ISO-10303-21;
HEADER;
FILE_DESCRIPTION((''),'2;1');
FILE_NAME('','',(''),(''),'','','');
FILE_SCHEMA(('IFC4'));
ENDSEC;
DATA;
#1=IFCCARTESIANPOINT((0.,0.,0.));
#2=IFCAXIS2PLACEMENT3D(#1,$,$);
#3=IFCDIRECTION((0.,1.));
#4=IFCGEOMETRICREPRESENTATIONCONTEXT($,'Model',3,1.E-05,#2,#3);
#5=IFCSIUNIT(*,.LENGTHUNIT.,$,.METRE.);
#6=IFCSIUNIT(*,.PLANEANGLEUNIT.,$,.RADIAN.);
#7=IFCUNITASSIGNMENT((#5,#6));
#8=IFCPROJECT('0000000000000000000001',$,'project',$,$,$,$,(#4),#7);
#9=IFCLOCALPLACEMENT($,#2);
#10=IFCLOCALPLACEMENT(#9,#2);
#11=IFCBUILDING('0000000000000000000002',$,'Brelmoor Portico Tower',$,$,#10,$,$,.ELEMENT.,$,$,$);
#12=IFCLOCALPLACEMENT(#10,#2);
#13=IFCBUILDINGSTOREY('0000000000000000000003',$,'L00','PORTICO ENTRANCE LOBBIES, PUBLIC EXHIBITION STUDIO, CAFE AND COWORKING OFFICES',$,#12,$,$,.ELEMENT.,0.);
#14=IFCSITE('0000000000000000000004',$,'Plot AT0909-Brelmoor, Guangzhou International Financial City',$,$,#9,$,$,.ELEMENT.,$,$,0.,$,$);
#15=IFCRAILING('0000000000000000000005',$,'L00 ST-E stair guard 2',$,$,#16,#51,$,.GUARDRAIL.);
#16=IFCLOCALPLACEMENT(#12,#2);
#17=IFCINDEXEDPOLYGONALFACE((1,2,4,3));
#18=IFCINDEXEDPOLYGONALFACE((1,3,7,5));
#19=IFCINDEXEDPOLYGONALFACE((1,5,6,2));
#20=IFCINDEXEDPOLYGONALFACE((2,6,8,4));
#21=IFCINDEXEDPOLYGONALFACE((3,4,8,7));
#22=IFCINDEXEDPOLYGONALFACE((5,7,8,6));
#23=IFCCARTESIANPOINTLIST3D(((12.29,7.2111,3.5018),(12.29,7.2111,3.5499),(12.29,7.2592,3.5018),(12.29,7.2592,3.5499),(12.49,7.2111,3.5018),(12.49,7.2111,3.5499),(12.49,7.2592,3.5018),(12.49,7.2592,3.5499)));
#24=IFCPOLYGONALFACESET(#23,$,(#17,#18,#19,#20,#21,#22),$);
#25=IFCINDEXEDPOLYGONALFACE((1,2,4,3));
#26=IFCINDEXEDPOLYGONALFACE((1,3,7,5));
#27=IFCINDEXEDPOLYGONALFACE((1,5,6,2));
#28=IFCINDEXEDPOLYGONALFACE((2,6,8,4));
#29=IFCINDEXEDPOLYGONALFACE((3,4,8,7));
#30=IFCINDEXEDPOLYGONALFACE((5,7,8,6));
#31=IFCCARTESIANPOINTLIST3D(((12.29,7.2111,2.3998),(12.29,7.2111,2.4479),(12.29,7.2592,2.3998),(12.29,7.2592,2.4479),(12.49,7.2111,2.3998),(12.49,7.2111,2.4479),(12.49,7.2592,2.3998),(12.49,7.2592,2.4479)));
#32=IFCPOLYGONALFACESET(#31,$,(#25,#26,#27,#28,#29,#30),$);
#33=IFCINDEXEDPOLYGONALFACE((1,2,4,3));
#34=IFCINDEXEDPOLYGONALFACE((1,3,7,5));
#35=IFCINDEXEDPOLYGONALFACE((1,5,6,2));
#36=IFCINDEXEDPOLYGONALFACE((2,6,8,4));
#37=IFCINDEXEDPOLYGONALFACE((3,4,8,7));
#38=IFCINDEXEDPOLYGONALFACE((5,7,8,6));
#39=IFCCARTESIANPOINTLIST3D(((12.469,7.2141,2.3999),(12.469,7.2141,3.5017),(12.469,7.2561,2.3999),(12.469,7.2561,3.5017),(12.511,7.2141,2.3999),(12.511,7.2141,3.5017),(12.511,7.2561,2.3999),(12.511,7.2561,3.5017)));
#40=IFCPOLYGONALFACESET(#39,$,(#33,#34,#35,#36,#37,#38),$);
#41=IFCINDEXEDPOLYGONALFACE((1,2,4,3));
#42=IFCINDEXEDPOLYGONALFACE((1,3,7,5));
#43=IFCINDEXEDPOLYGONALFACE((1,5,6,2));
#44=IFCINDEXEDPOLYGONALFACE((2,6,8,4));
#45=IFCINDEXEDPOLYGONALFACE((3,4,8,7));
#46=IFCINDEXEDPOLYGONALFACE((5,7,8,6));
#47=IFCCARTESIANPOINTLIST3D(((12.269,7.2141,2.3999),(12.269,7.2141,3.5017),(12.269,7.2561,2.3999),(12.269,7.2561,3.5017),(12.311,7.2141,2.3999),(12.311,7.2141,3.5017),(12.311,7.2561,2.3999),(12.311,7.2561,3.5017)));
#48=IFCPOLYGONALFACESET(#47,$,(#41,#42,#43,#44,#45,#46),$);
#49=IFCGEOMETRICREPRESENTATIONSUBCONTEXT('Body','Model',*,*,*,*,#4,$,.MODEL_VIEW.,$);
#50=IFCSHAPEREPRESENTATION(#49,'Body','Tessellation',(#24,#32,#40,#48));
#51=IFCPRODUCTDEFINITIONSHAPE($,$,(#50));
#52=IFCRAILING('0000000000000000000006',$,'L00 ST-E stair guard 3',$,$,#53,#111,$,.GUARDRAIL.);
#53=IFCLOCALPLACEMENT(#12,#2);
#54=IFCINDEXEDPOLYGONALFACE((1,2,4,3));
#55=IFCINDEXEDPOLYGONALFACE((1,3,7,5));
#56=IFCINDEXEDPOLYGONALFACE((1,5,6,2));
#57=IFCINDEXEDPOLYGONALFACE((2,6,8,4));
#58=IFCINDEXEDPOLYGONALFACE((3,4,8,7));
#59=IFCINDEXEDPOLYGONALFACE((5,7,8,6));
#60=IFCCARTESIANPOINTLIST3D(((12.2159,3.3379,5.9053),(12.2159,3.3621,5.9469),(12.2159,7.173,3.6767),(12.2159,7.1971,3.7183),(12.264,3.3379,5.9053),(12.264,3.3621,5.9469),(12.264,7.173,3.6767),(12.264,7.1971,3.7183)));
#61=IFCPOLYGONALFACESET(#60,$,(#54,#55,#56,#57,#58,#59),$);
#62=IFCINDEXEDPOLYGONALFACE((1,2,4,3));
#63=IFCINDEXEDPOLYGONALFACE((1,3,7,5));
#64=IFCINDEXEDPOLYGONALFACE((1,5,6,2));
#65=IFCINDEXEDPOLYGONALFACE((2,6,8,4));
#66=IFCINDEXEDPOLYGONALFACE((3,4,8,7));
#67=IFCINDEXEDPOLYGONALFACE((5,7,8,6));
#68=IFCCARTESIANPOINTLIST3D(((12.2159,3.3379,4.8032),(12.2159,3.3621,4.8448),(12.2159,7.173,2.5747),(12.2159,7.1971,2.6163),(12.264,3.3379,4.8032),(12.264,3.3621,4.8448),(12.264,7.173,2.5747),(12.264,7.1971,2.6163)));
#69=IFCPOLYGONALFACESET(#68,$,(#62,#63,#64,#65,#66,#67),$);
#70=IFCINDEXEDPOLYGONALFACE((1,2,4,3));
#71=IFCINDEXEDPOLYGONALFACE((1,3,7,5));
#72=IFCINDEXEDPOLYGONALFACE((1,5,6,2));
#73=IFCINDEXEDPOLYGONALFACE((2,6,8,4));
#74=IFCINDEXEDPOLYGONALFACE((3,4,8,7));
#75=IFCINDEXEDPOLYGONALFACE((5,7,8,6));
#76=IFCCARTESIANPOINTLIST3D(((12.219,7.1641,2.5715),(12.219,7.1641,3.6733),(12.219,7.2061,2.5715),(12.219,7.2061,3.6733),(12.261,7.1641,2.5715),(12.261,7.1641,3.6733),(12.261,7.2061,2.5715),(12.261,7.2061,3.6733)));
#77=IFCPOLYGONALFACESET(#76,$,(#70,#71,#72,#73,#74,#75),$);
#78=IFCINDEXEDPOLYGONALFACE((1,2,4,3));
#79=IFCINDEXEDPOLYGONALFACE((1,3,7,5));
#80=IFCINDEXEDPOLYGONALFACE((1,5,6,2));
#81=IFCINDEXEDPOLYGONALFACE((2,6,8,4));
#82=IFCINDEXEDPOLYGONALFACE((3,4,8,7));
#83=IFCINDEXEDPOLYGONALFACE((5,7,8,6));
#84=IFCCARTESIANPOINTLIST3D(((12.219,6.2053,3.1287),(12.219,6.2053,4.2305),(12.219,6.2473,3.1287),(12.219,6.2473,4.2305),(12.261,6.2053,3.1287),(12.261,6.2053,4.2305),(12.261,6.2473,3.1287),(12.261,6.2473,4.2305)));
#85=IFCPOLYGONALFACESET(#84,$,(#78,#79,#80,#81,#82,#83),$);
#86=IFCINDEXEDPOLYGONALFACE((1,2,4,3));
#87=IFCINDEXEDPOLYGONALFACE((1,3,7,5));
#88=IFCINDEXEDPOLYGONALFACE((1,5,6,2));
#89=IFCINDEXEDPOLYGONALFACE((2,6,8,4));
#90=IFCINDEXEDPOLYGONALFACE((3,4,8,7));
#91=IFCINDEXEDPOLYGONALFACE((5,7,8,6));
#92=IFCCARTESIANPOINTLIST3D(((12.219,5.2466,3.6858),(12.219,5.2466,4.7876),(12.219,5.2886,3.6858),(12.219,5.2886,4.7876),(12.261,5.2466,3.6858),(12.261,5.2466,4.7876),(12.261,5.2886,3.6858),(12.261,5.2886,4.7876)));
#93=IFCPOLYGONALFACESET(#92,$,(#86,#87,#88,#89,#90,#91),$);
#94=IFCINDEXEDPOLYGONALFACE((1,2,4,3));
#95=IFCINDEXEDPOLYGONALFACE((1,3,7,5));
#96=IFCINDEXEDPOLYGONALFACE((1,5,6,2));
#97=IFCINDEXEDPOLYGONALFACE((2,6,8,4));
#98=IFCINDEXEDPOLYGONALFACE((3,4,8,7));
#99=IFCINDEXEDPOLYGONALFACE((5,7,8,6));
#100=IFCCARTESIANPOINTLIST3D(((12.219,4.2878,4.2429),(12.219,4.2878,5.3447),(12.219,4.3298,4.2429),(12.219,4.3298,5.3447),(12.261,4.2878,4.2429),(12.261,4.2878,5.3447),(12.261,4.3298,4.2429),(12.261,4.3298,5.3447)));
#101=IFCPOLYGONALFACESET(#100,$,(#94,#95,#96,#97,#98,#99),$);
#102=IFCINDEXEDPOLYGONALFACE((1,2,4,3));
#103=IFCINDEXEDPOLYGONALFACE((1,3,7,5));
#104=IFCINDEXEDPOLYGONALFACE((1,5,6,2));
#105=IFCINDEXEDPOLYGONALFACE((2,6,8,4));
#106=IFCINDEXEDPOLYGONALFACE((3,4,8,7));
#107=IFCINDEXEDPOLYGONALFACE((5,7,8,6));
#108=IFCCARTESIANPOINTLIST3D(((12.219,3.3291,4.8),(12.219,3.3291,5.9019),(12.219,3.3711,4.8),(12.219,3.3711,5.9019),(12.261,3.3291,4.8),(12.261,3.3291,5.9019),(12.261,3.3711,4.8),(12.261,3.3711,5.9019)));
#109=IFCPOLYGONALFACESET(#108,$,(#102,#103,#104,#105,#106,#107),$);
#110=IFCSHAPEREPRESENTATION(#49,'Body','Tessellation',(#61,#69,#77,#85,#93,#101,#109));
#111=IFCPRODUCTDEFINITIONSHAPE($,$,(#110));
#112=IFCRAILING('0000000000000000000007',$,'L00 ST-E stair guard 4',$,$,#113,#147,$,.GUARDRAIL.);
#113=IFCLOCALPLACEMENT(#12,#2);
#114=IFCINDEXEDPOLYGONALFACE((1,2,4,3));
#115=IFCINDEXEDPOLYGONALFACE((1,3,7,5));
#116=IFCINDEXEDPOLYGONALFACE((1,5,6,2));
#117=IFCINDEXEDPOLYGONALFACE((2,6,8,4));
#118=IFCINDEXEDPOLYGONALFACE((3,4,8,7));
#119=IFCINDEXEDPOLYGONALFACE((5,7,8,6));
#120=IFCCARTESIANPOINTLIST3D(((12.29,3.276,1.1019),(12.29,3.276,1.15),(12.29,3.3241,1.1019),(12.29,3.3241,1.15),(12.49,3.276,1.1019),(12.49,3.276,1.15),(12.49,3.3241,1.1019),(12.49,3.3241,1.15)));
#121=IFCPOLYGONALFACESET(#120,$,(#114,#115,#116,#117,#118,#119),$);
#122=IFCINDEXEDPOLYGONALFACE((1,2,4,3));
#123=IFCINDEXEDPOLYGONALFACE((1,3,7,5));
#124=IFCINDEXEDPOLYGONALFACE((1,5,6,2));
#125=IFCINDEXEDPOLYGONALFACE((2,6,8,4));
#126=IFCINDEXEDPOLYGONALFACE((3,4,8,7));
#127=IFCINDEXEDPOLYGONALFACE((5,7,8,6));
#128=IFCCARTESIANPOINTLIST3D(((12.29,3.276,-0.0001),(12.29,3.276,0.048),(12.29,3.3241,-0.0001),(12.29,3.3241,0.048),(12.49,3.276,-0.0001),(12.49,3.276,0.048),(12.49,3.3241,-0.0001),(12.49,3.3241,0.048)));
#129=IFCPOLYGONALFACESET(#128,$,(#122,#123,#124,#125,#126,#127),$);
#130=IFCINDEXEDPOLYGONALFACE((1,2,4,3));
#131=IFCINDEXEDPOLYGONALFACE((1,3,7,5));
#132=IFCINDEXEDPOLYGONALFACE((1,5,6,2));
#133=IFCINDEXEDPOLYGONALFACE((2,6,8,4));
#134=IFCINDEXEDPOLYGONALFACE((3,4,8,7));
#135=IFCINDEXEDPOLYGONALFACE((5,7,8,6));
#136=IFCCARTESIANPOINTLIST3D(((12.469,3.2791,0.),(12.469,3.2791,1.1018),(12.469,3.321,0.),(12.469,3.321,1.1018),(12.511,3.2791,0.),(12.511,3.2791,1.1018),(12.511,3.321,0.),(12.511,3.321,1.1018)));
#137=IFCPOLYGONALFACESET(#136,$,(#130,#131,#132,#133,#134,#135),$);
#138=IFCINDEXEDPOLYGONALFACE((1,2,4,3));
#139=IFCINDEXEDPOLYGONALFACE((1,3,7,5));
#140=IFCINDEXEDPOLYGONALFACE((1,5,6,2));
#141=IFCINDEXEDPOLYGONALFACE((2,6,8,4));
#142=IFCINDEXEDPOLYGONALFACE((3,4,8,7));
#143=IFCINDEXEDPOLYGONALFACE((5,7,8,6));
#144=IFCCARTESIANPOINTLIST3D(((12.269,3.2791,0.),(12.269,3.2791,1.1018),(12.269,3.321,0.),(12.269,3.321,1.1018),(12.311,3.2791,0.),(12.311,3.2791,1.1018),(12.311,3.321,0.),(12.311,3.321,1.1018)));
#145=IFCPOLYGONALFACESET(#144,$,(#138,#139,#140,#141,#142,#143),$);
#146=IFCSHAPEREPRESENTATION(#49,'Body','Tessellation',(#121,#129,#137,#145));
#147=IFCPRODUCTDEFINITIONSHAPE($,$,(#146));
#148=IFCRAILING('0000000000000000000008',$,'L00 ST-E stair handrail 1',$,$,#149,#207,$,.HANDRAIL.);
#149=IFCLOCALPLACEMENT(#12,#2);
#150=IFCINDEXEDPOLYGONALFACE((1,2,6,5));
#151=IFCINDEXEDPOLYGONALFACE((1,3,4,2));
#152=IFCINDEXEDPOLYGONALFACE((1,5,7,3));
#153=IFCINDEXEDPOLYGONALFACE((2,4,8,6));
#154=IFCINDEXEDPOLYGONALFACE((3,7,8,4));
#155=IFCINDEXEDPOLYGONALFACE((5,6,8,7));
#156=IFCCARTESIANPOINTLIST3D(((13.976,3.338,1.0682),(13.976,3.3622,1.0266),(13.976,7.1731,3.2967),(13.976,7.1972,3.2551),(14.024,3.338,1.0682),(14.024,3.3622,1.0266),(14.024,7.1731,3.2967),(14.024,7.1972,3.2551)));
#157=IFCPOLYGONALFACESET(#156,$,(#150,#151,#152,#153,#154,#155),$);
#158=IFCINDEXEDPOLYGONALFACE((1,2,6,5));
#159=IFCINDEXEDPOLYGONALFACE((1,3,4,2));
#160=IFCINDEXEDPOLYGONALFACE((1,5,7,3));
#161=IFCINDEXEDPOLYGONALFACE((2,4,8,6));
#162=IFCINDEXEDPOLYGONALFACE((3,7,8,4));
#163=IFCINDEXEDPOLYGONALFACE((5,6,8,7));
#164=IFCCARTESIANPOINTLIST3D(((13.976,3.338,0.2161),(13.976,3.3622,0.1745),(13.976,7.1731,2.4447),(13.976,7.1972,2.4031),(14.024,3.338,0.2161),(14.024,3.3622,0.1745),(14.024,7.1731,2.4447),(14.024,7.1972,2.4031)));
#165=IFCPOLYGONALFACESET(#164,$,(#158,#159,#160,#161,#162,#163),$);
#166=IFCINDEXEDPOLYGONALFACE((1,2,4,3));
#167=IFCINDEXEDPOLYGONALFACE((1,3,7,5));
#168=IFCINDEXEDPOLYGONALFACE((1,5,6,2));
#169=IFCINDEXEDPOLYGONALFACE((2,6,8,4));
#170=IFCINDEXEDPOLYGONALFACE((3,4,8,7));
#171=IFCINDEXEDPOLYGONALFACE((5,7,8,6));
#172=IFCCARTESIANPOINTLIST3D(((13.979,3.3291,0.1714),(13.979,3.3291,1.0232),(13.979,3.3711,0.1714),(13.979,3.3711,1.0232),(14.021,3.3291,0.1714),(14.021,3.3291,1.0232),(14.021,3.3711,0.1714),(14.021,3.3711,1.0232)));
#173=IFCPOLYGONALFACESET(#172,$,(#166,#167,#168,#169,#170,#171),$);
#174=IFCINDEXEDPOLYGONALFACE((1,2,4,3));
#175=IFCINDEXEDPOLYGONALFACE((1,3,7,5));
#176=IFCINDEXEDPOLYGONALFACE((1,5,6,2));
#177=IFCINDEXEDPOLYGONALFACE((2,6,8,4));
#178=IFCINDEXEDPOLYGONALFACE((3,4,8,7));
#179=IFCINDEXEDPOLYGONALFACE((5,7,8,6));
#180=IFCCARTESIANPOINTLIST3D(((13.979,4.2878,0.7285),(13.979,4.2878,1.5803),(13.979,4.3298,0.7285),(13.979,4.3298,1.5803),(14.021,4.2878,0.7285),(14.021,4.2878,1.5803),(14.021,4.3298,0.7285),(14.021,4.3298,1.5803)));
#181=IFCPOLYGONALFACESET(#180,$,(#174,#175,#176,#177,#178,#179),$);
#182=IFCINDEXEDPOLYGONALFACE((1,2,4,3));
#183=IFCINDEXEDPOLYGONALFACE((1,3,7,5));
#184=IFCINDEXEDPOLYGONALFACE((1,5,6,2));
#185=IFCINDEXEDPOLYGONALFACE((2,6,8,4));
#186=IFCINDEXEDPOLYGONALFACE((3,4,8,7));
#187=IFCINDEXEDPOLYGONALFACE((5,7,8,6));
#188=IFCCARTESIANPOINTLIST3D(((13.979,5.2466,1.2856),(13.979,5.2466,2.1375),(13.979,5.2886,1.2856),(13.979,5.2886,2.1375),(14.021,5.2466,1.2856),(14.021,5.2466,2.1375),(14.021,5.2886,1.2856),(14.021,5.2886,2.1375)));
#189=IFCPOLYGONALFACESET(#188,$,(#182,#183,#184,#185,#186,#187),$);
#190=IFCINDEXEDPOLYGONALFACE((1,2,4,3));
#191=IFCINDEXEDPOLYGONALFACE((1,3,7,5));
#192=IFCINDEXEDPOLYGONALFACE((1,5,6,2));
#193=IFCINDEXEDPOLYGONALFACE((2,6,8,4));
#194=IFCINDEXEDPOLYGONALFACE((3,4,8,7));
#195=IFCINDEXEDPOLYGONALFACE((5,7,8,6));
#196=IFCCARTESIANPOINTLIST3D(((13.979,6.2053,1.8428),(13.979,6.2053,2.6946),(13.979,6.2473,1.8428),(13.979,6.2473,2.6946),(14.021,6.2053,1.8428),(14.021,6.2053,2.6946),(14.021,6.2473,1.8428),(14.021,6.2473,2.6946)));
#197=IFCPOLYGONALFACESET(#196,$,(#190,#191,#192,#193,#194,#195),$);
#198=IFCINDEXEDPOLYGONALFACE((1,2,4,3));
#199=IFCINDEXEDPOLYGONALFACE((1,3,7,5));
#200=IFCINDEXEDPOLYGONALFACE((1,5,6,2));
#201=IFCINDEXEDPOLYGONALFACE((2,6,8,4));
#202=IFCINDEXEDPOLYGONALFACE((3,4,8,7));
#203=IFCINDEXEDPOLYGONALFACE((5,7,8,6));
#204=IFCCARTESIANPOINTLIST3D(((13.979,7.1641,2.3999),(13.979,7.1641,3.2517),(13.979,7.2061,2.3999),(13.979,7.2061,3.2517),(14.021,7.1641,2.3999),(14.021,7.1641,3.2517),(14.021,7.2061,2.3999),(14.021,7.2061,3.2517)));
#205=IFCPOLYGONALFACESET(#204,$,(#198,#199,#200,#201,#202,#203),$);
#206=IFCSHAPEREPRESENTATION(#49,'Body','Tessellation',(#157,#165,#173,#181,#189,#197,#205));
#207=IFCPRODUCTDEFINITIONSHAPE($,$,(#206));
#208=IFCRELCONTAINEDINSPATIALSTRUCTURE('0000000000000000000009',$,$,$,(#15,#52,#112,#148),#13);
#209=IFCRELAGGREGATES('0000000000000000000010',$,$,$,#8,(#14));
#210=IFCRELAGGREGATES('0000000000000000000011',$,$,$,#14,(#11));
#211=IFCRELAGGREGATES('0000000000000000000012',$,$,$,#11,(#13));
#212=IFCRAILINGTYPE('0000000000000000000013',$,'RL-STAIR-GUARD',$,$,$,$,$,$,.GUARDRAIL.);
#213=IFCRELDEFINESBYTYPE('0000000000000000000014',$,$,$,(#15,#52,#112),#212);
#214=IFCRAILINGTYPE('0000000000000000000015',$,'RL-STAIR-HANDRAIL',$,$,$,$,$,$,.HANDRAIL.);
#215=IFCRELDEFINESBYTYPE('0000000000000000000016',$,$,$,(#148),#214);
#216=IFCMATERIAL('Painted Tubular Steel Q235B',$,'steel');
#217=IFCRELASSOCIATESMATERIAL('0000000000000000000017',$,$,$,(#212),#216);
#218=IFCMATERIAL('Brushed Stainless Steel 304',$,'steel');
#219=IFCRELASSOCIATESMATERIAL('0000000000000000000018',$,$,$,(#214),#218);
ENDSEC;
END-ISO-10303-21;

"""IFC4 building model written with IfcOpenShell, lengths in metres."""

from ifc_helpers import new_model, si_unit, direction, frame, origin, origin_2d, place, context, subcontext, project, spatial, rectangle, extrude, material, type_object, element, save


model = new_model("IFC4")

# Units and contexts
model_context = context("Model", 3, precision=1e-05, world=origin(), true_north=direction((0.0, 1.0)))
body_context = subcontext(model_context, "Body", "Model", "MODEL_VIEW")
ifc_project = project(units=[si_unit("LENGTHUNIT", "METRE"), si_unit("PLANEANGLEUNIT", "RADIAN")], contexts=[model_context])

# Site, building, storey
site_placement = place(None, origin())
site = spatial("IfcSite", under=ifc_project, at=site_placement, Name="Plot AT0909-Brelmoor, Guangzhou International Financial City", CompositionType="ELEMENT", RefElevation=0.0)
building_placement = place(site_placement, origin())
building = spatial("IfcBuilding", under=site, at=building_placement, Name="Brelmoor Portico Tower", CompositionType="ELEMENT")
storey_placement = place(building_placement, origin())
storey = spatial("IfcBuildingStorey", under=building, at=storey_placement, Name="L00", Description="PORTICO ENTRANCE LOBBIES, PUBLIC EXHIBITION STUDIO, CAFE AND COWORKING OFFICES", CompositionType="ELEMENT", Elevation=0.0)

# Railings
ifc_material_1 = material(Name="Painted Tubular Steel Q235B", Category="steel")
railing_type_1 = type_object("IfcRailingType", Name="RL-STAIR-GUARD", PredefinedType="GUARDRAIL", material=ifc_material_1)
railing_1_placement = place(storey_placement, frame((12.49, 7.2351, 2.3999)))
element("IfcRailing", 1, at=railing_1_placement, inside=storey, type_object=railing_type_1, Name="L00 ST-E stair guard 2", PredefinedType="GUARDRAIL", context=body_context, shape_type="SweptSolid", body=[
    extrude(rectangle(XDim=0.0481, YDim=0.0481, at=origin_2d()), frame((0.0, 0.0, 1.126), z_axis=(-1.0, 0.0, 0.0), x_axis=(0.0, -1.0, 0.0)), (0.0, 0.0, 1.0), 0.2),
    extrude(rectangle(XDim=0.0481, YDim=0.0481, at=origin_2d()), frame((0.0, 0.0, 0.0239), z_axis=(-1.0, 0.0, 0.0), x_axis=(0.0, -1.0, 0.0)), (0.0, 0.0, 1.0), 0.2),
    extrude(rectangle(XDim=0.042, YDim=0.042, at=origin_2d()), origin(), (0.0, 0.0, 1.0), 1.1018),
    extrude(rectangle(XDim=0.042, YDim=0.042, at=origin_2d()), frame((-0.2, 0.0, 0.0)), (0.0, 0.0, 1.0), 1.1018),
])
railing_2_placement = place(storey_placement, frame((12.24, 7.1851, 2.5715)))
element("IfcRailing", 2, at=railing_2_placement, inside=storey, type_object=railing_type_1, Name="L00 ST-E stair guard 3", PredefinedType="GUARDRAIL", context=body_context, shape_type="SweptSolid", body=[
    extrude(rectangle(XDim=0.0481, YDim=0.0481, at=origin_2d()), frame((0.0, 0.0, 1.126), z_axis=(0.0, -0.864616, 0.502433), x_axis=(1.0, 0.0, 0.0)), (0.0, 0.0, 1.0), 4.4355),
    extrude(rectangle(XDim=0.0481, YDim=0.0481, at=origin_2d()), frame((0.0, 0.0, 0.0239), z_axis=(0.0, -0.864616, 0.502433), x_axis=(1.0, 0.0, 0.0)), (0.0, 0.0, 1.0), 4.4355),
    extrude(rectangle(XDim=0.042, YDim=0.042, at=origin_2d()), origin(), (0.0, 0.0, 1.0), 1.1018),
    extrude(rectangle(XDim=0.042, YDim=0.042, at=origin_2d()), frame((0.0, -0.9587, 0.5571)), (0.0, 0.0, 1.0), 1.1018),
    extrude(rectangle(XDim=0.042, YDim=0.042, at=origin_2d()), frame((0.0, -1.9175, 1.1143)), (0.0, 0.0, 1.0), 1.1018),
    extrude(rectangle(XDim=0.042, YDim=0.042, at=origin_2d()), frame((0.0, -2.8762, 1.6714)), (0.0, 0.0, 1.0), 1.1018),
    extrude(rectangle(XDim=0.042, YDim=0.042, at=origin_2d()), frame((0.0, -3.835, 2.2285)), (0.0, 0.0, 1.0), 1.1018),
])
railing_3_placement = place(storey_placement, frame((12.49, 3.3, 0.0)))
element("IfcRailing", 3, at=railing_3_placement, inside=storey, type_object=railing_type_1, Name="L00 ST-E stair guard 4", PredefinedType="GUARDRAIL", context=body_context, shape_type="SweptSolid", body=[
    extrude(rectangle(XDim=0.0481, YDim=0.0481, at=origin_2d()), frame((0.0, 0.0, 1.126), z_axis=(-1.0, 0.0, 0.0), x_axis=(0.0, -1.0, 0.0)), (0.0, 0.0, 1.0), 0.2),
    extrude(rectangle(XDim=0.0481, YDim=0.0481, at=origin_2d()), frame((0.0, 0.0, 0.0239), z_axis=(-1.0, 0.0, 0.0), x_axis=(0.0, -1.0, 0.0)), (0.0, 0.0, 1.0), 0.2),
    extrude(rectangle(XDim=0.042, YDim=0.042, at=origin_2d()), origin(), (0.0, 0.0, 1.0), 1.1018),
    extrude(rectangle(XDim=0.042, YDim=0.042, at=origin_2d()), frame((-0.2, 0.0, 0.0)), (0.0, 0.0, 1.0), 1.1018),
])
ifc_material_2 = material(Name="Brushed Stainless Steel 304", Category="steel")
railing_type_2 = type_object("IfcRailingType", Name="RL-STAIR-HANDRAIL", PredefinedType="HANDRAIL", material=ifc_material_2)
railing_4_placement = place(storey_placement, frame((14.0, 3.3501, 0.1714)))
element("IfcRailing", 4, at=railing_4_placement, inside=storey, type_object=railing_type_2, Name="L00 ST-E stair handrail 1", PredefinedType="HANDRAIL", context=body_context, shape_type="SweptSolid", body=[
    extrude(rectangle(XDim=0.0481, YDim=0.0481, at=origin_2d()), frame((0.0, 0.0, 0.876), z_axis=(0.0, 0.864616, 0.502433), x_axis=(-1.0, 0.0, 0.0)), (0.0, 0.0, 1.0), 4.4355),
    extrude(rectangle(XDim=0.0481, YDim=0.0481, at=origin_2d()), frame((0.0, 0.0, 0.0239), z_axis=(0.0, 0.864616, 0.502433), x_axis=(-1.0, 0.0, 0.0)), (0.0, 0.0, 1.0), 4.4355),
    extrude(rectangle(XDim=0.042, YDim=0.042, at=origin_2d()), origin(), (0.0, 0.0, 1.0), 0.8518),
    extrude(rectangle(XDim=0.042, YDim=0.042, at=origin_2d()), frame((0.0, 0.9587, 0.5571)), (0.0, 0.0, 1.0), 0.8518),
    extrude(rectangle(XDim=0.042, YDim=0.042, at=origin_2d()), frame((0.0, 1.9175, 1.1143)), (0.0, 0.0, 1.0), 0.8518),
    extrude(rectangle(XDim=0.042, YDim=0.042, at=origin_2d()), frame((0.0, 2.8762, 1.6714)), (0.0, 0.0, 1.0), 0.8518),
    extrude(rectangle(XDim=0.042, YDim=0.042, at=origin_2d()), frame((0.0, 3.835, 2.2285)), (0.0, 0.0, 1.0), 0.8518),
])

save(model, "model.ifc")
